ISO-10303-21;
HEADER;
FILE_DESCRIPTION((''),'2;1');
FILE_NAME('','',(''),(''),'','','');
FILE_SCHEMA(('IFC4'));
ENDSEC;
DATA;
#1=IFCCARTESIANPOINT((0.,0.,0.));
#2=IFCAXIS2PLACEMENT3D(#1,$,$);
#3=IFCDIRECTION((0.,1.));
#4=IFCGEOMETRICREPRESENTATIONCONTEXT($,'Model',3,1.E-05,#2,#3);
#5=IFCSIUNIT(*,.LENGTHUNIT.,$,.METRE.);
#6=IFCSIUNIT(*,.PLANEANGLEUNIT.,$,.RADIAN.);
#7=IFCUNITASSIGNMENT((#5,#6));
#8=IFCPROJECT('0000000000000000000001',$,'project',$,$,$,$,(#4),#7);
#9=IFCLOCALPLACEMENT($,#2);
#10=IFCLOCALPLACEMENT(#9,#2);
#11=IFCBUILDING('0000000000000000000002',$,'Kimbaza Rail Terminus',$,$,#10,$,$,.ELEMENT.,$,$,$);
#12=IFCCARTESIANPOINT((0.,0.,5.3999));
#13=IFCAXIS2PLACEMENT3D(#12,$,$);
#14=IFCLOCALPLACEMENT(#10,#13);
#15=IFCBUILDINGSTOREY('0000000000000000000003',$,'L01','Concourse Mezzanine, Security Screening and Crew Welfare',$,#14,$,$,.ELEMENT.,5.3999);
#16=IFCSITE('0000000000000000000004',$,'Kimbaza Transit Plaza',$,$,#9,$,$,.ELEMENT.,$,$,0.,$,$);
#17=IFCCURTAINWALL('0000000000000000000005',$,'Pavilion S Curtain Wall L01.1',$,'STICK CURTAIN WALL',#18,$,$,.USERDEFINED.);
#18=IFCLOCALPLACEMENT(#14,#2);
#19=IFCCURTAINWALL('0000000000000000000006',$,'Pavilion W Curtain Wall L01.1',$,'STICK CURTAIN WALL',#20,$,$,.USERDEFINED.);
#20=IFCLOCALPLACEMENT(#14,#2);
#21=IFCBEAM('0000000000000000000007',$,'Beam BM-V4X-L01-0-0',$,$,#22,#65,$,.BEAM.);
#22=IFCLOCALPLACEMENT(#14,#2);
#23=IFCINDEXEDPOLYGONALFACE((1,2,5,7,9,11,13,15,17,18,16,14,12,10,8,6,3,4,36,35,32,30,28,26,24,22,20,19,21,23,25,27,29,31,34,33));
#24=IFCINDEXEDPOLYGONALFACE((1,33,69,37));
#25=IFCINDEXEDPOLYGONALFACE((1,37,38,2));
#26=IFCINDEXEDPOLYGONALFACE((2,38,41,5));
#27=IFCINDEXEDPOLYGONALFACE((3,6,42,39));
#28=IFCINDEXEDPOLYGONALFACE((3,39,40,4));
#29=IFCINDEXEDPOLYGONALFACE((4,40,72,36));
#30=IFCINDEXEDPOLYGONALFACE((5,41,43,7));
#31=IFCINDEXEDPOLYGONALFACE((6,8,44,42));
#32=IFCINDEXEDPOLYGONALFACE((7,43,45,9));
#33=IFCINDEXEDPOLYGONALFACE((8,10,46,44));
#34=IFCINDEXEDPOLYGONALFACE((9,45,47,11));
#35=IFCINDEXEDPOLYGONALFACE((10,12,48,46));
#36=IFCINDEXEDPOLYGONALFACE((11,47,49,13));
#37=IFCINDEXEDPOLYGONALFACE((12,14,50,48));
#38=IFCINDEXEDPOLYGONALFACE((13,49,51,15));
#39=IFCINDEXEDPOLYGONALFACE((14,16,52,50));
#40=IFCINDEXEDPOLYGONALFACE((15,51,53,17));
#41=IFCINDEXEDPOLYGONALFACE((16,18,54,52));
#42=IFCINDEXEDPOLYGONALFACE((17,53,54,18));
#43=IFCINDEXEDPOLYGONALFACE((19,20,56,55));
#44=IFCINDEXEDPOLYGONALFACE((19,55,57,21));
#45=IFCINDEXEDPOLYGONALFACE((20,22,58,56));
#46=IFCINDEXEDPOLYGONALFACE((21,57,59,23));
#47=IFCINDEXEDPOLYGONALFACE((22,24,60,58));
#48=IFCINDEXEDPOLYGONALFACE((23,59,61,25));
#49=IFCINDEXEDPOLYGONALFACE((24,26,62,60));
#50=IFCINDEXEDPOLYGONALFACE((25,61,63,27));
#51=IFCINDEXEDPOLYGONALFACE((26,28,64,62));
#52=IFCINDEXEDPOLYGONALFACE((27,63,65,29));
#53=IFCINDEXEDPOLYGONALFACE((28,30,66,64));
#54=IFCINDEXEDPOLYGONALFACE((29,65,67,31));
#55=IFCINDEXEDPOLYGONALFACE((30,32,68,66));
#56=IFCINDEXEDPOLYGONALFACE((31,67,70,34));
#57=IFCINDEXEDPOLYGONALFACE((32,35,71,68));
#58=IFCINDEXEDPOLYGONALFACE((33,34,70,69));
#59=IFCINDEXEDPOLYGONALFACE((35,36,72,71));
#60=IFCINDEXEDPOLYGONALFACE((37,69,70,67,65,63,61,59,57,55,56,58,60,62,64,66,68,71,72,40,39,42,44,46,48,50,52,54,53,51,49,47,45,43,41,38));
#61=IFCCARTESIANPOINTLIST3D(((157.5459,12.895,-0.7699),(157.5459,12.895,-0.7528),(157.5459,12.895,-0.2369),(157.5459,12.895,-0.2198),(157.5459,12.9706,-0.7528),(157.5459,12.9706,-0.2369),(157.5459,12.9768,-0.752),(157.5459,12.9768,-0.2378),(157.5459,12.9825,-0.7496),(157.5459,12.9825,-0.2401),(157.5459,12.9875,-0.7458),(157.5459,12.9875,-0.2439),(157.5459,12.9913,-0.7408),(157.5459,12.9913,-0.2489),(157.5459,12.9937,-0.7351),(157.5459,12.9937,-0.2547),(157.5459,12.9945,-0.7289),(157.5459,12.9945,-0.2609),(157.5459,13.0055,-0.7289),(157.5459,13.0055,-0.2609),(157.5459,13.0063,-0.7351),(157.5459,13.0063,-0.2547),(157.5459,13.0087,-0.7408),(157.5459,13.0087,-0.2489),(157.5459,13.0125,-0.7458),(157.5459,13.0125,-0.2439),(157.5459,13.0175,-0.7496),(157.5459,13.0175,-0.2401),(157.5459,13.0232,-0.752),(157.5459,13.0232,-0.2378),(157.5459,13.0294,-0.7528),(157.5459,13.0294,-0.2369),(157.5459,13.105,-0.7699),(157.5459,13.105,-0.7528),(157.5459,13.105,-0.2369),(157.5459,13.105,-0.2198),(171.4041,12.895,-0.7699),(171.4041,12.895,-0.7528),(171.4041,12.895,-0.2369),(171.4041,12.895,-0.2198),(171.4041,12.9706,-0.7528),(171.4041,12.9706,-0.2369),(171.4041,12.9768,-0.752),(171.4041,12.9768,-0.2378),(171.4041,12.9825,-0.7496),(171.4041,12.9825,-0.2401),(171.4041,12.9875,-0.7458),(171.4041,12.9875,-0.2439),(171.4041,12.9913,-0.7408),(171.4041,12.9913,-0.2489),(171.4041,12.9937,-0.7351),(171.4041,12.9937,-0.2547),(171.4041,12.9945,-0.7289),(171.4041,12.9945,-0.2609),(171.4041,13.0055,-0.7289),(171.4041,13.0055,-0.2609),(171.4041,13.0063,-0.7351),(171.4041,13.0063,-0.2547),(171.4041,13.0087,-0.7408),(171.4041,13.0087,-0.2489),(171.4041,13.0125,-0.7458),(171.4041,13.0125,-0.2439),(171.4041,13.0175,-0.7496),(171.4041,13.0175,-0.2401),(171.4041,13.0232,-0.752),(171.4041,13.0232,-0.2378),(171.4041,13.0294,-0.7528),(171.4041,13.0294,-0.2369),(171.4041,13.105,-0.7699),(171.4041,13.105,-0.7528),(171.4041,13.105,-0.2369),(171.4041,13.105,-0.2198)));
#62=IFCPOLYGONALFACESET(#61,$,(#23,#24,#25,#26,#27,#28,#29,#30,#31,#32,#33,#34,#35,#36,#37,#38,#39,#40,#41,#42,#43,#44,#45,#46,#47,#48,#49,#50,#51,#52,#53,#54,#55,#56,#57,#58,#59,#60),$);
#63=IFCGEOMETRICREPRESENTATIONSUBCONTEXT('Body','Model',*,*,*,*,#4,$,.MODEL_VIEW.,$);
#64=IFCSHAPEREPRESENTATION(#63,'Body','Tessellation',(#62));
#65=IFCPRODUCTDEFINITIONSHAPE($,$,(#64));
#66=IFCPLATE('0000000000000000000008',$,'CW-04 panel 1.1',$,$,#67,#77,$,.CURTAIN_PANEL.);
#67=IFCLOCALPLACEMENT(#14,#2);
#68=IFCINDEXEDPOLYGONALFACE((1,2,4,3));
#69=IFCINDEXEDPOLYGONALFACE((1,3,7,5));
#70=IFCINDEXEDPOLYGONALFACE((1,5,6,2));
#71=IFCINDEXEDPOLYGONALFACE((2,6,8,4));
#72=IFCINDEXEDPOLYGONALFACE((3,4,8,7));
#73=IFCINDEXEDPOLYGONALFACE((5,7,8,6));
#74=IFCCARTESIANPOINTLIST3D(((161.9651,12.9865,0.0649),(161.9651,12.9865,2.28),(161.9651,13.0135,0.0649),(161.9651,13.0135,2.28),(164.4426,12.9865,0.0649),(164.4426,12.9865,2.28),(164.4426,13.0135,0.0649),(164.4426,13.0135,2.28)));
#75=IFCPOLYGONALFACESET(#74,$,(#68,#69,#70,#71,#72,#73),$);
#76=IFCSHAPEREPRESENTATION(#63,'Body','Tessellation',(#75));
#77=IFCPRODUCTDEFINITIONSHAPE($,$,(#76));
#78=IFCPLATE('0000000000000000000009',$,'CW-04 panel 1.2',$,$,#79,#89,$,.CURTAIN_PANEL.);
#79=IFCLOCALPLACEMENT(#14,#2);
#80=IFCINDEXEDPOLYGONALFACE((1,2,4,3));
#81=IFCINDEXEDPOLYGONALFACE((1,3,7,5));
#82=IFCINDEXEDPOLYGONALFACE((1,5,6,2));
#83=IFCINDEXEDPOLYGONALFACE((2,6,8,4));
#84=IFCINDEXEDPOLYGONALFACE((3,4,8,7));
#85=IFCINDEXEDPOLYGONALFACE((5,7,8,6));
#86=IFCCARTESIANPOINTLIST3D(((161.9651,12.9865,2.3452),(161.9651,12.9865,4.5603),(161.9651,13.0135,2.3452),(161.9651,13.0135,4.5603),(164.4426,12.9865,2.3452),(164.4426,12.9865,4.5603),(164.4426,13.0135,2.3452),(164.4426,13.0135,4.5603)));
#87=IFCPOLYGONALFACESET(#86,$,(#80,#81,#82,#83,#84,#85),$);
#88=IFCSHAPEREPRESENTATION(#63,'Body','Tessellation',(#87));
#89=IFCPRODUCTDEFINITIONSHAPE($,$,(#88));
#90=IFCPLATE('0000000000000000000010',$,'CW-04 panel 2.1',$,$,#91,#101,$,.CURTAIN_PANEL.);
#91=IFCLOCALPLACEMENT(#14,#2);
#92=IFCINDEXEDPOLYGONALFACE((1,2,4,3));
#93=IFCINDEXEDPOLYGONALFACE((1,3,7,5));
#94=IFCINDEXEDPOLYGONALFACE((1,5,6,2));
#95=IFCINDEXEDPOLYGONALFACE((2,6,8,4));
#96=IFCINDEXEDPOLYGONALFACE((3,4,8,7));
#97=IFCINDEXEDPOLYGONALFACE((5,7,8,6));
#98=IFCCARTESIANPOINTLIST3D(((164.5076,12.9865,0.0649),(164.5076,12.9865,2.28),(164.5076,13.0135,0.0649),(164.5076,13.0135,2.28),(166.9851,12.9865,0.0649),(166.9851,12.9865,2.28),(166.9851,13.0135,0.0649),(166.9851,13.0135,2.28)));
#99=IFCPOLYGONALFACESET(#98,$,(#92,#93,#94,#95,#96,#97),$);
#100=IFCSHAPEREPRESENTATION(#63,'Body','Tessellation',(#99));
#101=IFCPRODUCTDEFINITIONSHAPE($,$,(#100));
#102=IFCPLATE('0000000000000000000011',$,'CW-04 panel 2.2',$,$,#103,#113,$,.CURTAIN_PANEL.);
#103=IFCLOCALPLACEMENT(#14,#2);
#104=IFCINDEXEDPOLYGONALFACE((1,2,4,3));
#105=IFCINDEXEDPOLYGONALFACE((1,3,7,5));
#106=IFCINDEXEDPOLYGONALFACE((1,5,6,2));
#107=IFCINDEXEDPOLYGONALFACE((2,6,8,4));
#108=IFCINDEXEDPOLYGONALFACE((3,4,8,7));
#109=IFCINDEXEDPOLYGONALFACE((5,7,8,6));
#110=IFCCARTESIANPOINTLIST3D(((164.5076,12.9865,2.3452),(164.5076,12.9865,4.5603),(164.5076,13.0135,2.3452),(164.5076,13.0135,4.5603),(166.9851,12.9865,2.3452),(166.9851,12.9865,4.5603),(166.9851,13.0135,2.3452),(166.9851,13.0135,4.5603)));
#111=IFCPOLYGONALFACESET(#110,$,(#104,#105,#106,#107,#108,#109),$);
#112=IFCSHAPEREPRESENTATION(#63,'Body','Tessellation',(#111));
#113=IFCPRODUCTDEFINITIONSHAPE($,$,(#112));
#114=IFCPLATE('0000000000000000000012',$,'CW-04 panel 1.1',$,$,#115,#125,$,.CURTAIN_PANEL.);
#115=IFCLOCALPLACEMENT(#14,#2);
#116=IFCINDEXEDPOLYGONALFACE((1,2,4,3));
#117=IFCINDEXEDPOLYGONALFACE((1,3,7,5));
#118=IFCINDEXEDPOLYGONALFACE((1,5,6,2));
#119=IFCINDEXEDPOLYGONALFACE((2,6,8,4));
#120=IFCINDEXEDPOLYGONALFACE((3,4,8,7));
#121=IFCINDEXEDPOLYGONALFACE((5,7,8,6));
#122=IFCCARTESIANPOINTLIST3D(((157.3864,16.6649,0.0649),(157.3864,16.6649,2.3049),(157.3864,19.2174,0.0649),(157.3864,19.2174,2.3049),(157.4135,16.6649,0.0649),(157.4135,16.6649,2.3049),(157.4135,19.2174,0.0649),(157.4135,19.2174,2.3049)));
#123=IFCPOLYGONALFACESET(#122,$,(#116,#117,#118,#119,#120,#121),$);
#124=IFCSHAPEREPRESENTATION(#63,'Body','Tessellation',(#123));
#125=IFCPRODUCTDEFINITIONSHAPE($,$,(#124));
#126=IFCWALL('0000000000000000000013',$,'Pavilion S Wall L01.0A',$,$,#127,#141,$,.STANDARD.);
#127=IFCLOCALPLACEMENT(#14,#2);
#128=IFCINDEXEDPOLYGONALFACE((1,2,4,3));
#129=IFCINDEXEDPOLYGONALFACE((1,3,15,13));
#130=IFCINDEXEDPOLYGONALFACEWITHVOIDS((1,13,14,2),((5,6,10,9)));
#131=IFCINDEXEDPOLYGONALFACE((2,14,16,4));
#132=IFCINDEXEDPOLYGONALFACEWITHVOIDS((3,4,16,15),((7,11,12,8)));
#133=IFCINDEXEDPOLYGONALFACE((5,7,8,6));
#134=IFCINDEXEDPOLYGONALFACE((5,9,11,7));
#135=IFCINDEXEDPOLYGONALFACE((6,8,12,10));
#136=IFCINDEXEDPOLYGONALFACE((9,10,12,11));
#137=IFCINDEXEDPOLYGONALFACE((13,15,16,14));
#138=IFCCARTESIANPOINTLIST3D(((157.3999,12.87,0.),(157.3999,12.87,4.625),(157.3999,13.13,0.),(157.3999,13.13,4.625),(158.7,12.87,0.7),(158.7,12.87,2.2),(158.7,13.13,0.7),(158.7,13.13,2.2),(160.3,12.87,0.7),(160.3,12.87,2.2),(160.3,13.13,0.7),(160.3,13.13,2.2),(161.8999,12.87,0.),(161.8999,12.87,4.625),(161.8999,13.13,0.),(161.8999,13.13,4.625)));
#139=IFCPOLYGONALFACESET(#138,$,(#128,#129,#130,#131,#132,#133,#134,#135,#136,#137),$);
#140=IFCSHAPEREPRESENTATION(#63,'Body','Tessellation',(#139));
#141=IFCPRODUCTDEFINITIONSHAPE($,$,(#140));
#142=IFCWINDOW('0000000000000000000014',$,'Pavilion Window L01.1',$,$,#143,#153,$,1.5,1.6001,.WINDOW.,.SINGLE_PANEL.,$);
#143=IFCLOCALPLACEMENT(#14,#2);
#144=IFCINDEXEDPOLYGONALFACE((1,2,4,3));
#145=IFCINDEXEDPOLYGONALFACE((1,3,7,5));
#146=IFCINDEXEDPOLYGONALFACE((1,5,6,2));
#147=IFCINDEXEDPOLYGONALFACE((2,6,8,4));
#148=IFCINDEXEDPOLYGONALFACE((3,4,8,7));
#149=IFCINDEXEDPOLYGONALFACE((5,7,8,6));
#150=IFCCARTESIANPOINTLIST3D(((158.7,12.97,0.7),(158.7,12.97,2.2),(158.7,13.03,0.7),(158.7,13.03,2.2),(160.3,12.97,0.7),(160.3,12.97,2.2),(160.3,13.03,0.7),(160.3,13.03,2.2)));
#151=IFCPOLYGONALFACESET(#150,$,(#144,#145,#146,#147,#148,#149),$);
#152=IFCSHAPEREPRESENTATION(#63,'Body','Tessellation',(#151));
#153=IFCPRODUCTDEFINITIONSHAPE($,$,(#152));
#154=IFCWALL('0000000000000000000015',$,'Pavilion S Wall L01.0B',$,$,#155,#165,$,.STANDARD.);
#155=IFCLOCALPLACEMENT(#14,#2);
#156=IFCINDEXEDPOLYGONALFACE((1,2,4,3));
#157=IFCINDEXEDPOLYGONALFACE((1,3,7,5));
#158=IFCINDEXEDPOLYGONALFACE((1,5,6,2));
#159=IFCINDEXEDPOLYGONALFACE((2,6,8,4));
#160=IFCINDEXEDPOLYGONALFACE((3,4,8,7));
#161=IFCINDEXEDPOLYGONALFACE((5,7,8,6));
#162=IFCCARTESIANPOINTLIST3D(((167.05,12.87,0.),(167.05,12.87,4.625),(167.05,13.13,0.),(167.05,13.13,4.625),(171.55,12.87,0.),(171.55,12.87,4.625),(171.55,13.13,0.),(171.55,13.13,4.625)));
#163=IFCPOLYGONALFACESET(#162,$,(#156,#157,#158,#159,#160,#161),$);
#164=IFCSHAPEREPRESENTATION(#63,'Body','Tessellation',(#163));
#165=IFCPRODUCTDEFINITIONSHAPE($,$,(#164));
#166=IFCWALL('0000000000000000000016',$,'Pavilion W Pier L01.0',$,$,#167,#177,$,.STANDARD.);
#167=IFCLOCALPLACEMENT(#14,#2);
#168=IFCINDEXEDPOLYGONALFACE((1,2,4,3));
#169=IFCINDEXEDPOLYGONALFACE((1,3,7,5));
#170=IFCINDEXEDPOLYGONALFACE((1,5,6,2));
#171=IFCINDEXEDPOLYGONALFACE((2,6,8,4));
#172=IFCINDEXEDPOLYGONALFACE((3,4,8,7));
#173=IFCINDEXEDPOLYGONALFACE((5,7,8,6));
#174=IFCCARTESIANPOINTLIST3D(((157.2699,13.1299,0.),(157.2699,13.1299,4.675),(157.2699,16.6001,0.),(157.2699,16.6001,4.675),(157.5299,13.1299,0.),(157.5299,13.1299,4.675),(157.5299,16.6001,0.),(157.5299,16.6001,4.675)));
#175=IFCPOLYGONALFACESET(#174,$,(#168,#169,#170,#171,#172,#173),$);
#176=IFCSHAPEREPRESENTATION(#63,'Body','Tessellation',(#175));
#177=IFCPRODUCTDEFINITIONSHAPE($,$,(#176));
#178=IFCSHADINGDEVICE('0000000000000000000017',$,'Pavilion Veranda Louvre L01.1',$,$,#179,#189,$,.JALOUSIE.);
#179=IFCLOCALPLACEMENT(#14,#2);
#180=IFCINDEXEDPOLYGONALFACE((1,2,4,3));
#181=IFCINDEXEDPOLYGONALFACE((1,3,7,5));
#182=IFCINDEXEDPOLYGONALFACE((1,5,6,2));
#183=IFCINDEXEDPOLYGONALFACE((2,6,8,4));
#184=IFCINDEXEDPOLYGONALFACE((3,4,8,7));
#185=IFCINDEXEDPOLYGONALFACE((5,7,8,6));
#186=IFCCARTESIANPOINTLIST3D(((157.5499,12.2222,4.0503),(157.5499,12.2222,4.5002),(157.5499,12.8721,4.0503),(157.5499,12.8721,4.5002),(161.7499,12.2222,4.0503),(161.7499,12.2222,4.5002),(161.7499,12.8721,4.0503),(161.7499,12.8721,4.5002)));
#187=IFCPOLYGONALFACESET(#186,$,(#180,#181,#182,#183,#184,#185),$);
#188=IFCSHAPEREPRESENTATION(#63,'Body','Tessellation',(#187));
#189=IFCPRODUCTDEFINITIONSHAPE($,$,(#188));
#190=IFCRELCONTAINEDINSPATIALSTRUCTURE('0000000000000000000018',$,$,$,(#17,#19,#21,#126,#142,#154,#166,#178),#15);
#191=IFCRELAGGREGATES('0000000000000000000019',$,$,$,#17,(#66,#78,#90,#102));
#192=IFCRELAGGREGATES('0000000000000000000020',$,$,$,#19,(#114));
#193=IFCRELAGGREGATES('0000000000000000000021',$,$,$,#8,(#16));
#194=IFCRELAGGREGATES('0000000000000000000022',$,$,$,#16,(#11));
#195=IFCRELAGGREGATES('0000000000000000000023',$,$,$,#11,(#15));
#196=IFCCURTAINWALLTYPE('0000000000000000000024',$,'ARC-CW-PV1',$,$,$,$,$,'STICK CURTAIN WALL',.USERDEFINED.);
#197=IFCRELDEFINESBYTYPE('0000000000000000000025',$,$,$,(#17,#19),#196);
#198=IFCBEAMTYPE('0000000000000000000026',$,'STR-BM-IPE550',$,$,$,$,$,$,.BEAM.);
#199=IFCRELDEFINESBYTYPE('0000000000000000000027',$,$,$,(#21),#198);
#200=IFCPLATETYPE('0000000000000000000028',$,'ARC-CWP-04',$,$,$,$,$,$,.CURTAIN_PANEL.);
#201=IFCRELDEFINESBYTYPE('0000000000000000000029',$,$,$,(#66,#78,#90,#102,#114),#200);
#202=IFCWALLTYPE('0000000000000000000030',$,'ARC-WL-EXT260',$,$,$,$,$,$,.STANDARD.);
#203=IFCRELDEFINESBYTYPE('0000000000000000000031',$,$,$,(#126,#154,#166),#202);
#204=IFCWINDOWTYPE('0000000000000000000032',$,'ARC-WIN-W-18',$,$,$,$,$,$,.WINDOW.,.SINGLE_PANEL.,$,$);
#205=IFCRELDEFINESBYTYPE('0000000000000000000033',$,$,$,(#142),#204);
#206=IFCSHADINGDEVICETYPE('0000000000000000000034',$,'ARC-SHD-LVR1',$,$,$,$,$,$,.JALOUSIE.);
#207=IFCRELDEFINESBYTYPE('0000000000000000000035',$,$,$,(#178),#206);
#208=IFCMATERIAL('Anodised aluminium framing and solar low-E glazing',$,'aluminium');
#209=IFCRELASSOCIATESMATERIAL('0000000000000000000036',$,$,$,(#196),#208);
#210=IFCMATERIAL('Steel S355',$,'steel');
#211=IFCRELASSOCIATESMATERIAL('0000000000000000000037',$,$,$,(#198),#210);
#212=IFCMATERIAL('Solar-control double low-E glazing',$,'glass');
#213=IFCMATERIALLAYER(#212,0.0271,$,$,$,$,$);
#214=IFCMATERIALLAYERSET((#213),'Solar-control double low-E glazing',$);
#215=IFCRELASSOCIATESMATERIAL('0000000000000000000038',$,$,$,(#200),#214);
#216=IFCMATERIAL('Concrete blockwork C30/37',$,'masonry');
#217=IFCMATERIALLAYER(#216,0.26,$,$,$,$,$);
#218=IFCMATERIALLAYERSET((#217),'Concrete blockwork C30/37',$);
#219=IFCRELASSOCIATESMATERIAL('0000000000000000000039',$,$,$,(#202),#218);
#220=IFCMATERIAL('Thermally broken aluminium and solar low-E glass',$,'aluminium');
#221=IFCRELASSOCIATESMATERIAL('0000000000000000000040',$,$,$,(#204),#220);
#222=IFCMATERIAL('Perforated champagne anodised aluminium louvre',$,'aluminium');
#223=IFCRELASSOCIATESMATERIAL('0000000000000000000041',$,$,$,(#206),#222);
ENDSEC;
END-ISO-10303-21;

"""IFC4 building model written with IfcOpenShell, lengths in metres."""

from ifc_helpers import new_model, si_unit, direction, frame, frame_2d, origin, origin_2d, place, context, subcontext, project, spatial, rectangle, i_section, extrude, material, layer, layer_set, material_profile, profile_set, type_object, element, fill, aggregate, save


model = new_model("IFC4")

# Units and contexts
model_context = context("Model", 3, precision=1e-05, world=origin(), true_north=direction((0.0, 1.0)))
body_context = subcontext(model_context, "Body", "Model", "MODEL_VIEW")
ifc_project = project(units=[si_unit("LENGTHUNIT", "METRE"), si_unit("PLANEANGLEUNIT", "RADIAN")], contexts=[model_context])

# Site, building, storey
site_placement = place(None, origin())
site = spatial("IfcSite", under=ifc_project, at=site_placement, Name="Kimbaza Transit Plaza", CompositionType="ELEMENT", RefElevation=0.0)
building_placement = place(site_placement, origin())
building = spatial("IfcBuilding", under=site, at=building_placement, Name="Kimbaza Rail Terminus", CompositionType="ELEMENT")
storey_placement = place(building_placement, frame((0.0, 0.0, 5.3999)))
storey = spatial("IfcBuildingStorey", under=building, at=storey_placement, Name="L01", Description="Concourse Mezzanine, Security Screening and Crew Welfare", CompositionType="ELEMENT", Elevation=5.3999)

# Curtain wall
ifc_material_1 = material(Name="Anodised aluminium framing and solar low-E glazing", Category="aluminium")
curtain_wall_type = type_object("IfcCurtainWallType", Name="ARC-CW-PV1", ElementType="STICK CURTAIN WALL", PredefinedType="USERDEFINED", material=ifc_material_1)
curtain_wall_1_placement = place(storey_placement, origin())
curtain_wall_1 = element("IfcCurtainWall", 1, at=curtain_wall_1_placement, inside=storey, type_object=curtain_wall_type, Name="Pavilion S Curtain Wall L01.1", ObjectType="STICK CURTAIN WALL", PredefinedType="USERDEFINED")

# Curtain wall
curtain_wall_2_placement = place(storey_placement, origin())
curtain_wall_2 = element("IfcCurtainWall", 2, at=curtain_wall_2_placement, inside=storey, type_object=curtain_wall_type, Name="Pavilion W Curtain Wall L01.1", ObjectType="STICK CURTAIN WALL", PredefinedType="USERDEFINED")

# Beam
ifc_material_2 = material(Name="Steel S355", Category="steel")
ifc_material_profile_1 = material_profile(ifc_material_2, i_section(OverallWidth=0.21, OverallDepth=0.55, WebThickness=0.011, FlangeThickness=0.0171, FilletRadius=0.0239, at=origin_2d()), Name="IPE 550")
ifc_profile_set_1 = profile_set([ifc_material_profile_1], Name="Steel S355")
beam_type_1 = type_object("IfcBeamType", Name="STR-BM-IPE550", PredefinedType="BEAM", material=ifc_profile_set_1)
beam_1_placement = place(storey_placement, frame((157.5459, 13.0, -0.4949), z_axis=(1.0, 0.0, 0.0), x_axis=(0.0, 1.0, 0.0)))
element("IfcBeam", 3, at=beam_1_placement, inside=storey, type_object=beam_type_1, Name="Beam BM-V4X-L01-0-0", PredefinedType="BEAM", context=body_context, shape_type="SweptSolid", body=[
    extrude(i_section(OverallWidth=0.21, OverallDepth=0.55, WebThickness=0.011, FlangeThickness=0.0171, FilletRadius=0.0239, at=origin_2d()), origin(), (0.0, 0.0, 1.0), 13.8582),
])

# Plates
ifc_material_3 = material(Name="Solar-control double low-E glazing", Category="glass")
ifc_layer_1 = layer(ifc_material_3, 0.0271)
ifc_layer_set_1 = layer_set([ifc_layer_1], Name="Solar-control double low-E glazing")
plate_type = type_object("IfcPlateType", Name="ARC-CWP-04", PredefinedType="CURTAIN_PANEL", material=ifc_layer_set_1)
plate_1_placement = place(storey_placement, frame((163.2039, 13.0, 0.0649), z_axis=(0.0, 0.0, 1.0), x_axis=(1.0, 0.0, 0.0)))
plate_1 = element("IfcPlate", 4, at=plate_1_placement, type_object=plate_type, Name="CW-04 panel 1.1", PredefinedType="CURTAIN_PANEL", context=body_context, shape_type="SweptSolid", body=[
    extrude(rectangle(XDim=2.4775, YDim=0.0271, at=origin_2d()), origin(), (0.0, 0.0, 1.0), 2.2151),
])
plate_2_placement = place(storey_placement, frame((163.2039, 13.0, 2.3452), z_axis=(0.0, 0.0, 1.0), x_axis=(1.0, 0.0, 0.0)))
plate_2 = element("IfcPlate", 5, at=plate_2_placement, type_object=plate_type, Name="CW-04 panel 1.2", PredefinedType="CURTAIN_PANEL", context=body_context, shape_type="SweptSolid", body=[
    extrude(rectangle(XDim=2.4775, YDim=0.0271, at=origin_2d()), origin(), (0.0, 0.0, 1.0), 2.2151),
])
plate_3_placement = place(storey_placement, frame((165.7463, 13.0, 0.0649), z_axis=(0.0, 0.0, 1.0), x_axis=(1.0, 0.0, 0.0)))
plate_3 = element("IfcPlate", 6, at=plate_3_placement, type_object=plate_type, Name="CW-04 panel 2.1", PredefinedType="CURTAIN_PANEL", context=body_context, shape_type="SweptSolid", body=[
    extrude(rectangle(XDim=2.4775, YDim=0.0271, at=origin_2d()), origin(), (0.0, 0.0, 1.0), 2.2151),
])
plate_4_placement = place(storey_placement, frame((165.7463, 13.0, 2.3452), z_axis=(0.0, 0.0, 1.0), x_axis=(1.0, 0.0, 0.0)))
plate_4 = element("IfcPlate", 7, at=plate_4_placement, type_object=plate_type, Name="CW-04 panel 2.2", PredefinedType="CURTAIN_PANEL", context=body_context, shape_type="SweptSolid", body=[
    extrude(rectangle(XDim=2.4775, YDim=0.0271, at=origin_2d()), origin(), (0.0, 0.0, 1.0), 2.2151),
])
aggregate(curtain_wall_1, [plate_1, plate_2, plate_3, plate_4])
plate_5_placement = place(storey_placement, frame((157.3999, 17.9412, 0.0649), z_axis=(0.0, 0.0, 1.0), x_axis=(0.0, 1.0, 0.0)))
plate_5 = element("IfcPlate", 8, at=plate_5_placement, type_object=plate_type, Name="CW-04 panel 1.1", PredefinedType="CURTAIN_PANEL", context=body_context, shape_type="SweptSolid", body=[
    extrude(rectangle(XDim=2.5525, YDim=0.0271, at=origin_2d()), origin(), (0.0, 0.0, 1.0), 2.24),
])
aggregate(curtain_wall_2, [plate_5])

# Wall, opening, window
ifc_material_4 = material(Name="Concrete blockwork C30/37", Category="masonry")
ifc_layer_2 = layer(ifc_material_4, 0.26)
ifc_layer_set_2 = layer_set([ifc_layer_2], Name="Concrete blockwork C30/37")
wall_type = type_object("IfcWallType", Name="ARC-WL-EXT260", PredefinedType="STANDARD", material=ifc_layer_set_2)
wall_1_placement = place(storey_placement, frame((157.3999, 13.0, 0.0), z_axis=(0.0, 0.0, 1.0), x_axis=(1.0, 0.0, 0.0)))
wall_1 = element("IfcWall", 9, at=wall_1_placement, inside=storey, type_object=wall_type, Name="Pavilion S Wall L01.0A", PredefinedType="STANDARD", context=body_context, shape_type="SweptSolid", body=[
    extrude(rectangle(XDim=4.5, YDim=0.26, at=frame_2d((2.25, 0.0))), origin(), (0.0, 0.0, 1.0), 4.625),
])
opening_placement = place(wall_1_placement, frame((1.3, 0.0, 0.7)))
opening = element("IfcOpeningElement", 10, at=opening_placement, cuts=wall_1, PredefinedType="OPENING", context=body_context, shape_type="SweptSolid", body=[
    extrude(rectangle(XDim=1.6001, YDim=1.5, at=frame_2d((0.8, 0.75))), frame((0.0, 0.1399, 0.0), z_axis=(0.0, -1.0, 0.0), x_axis=(1.0, 0.0, 0.0)), (0.0, 0.0, 1.0), 0.28),
])
ifc_material_5 = material(Name="Thermally broken aluminium and solar low-E glass", Category="aluminium")
window_type = type_object("IfcWindowType", Name="ARC-WIN-W-18", PartitioningType="SINGLE_PANEL", PredefinedType="WINDOW", material=ifc_material_5)
window_placement = place(opening_placement, origin())
window = element("IfcWindow", 11, at=window_placement, inside=storey, type_object=window_type, Name="Pavilion Window L01.1", OverallHeight=1.5, OverallWidth=1.6001, PartitioningType="SINGLE_PANEL", PredefinedType="WINDOW", context=body_context, shape_type="SweptSolid", body=[
    extrude(rectangle(XDim=1.6001, YDim=1.5, at=frame_2d((0.8, 0.75))), frame((0.0, 0.03, 0.0), z_axis=(0.0, -1.0, 0.0), x_axis=(1.0, 0.0, 0.0)), (0.0, 0.0, 1.0), 0.0601),
])
fill(opening, window)

# Walls
wall_2_placement = place(storey_placement, frame((167.05, 13.0, 0.0), z_axis=(0.0, 0.0, 1.0), x_axis=(1.0, 0.0, 0.0)))
element("IfcWall", 12, at=wall_2_placement, inside=storey, type_object=wall_type, Name="Pavilion S Wall L01.0B", PredefinedType="STANDARD", context=body_context, shape_type="SweptSolid", body=[
    extrude(rectangle(XDim=4.5, YDim=0.26, at=frame_2d((2.25, 0.0))), origin(), (0.0, 0.0, 1.0), 4.625),
])
wall_3_placement = place(storey_placement, frame((157.3999, 13.1299, 0.0), z_axis=(0.0, 0.0, 1.0), x_axis=(0.0, 1.0, 0.0)))
element("IfcWall", 13, at=wall_3_placement, inside=storey, type_object=wall_type, Name="Pavilion W Pier L01.0", PredefinedType="STANDARD", context=body_context, shape_type="SweptSolid", body=[
    extrude(rectangle(XDim=3.4702, YDim=0.26, at=frame_2d((1.7351, 0.0))), origin(), (0.0, 0.0, 1.0), 4.675),
])

# Shading device
ifc_material_6 = material(Name="Perforated champagne anodised aluminium louvre", Category="aluminium")
shading_device_type = type_object("IfcShadingDeviceType", Name="ARC-SHD-LVR1", PredefinedType="JALOUSIE", material=ifc_material_6)
shading_device_placement = place(storey_placement, frame((159.6499, 12.5471, 4.0503), z_axis=(0.0, 0.0, 1.0), x_axis=(1.0, 0.0, 0.0)))
element("IfcShadingDevice", 14, at=shading_device_placement, inside=storey, type_object=shading_device_type, Name="Pavilion Veranda Louvre L01.1", PredefinedType="JALOUSIE", context=body_context, shape_type="SweptSolid", body=[
    extrude(rectangle(XDim=4.2, YDim=0.6499, at=origin_2d()), origin(), (0.0, 0.0, 1.0), 0.45),
])

save(model, "model.ifc")
